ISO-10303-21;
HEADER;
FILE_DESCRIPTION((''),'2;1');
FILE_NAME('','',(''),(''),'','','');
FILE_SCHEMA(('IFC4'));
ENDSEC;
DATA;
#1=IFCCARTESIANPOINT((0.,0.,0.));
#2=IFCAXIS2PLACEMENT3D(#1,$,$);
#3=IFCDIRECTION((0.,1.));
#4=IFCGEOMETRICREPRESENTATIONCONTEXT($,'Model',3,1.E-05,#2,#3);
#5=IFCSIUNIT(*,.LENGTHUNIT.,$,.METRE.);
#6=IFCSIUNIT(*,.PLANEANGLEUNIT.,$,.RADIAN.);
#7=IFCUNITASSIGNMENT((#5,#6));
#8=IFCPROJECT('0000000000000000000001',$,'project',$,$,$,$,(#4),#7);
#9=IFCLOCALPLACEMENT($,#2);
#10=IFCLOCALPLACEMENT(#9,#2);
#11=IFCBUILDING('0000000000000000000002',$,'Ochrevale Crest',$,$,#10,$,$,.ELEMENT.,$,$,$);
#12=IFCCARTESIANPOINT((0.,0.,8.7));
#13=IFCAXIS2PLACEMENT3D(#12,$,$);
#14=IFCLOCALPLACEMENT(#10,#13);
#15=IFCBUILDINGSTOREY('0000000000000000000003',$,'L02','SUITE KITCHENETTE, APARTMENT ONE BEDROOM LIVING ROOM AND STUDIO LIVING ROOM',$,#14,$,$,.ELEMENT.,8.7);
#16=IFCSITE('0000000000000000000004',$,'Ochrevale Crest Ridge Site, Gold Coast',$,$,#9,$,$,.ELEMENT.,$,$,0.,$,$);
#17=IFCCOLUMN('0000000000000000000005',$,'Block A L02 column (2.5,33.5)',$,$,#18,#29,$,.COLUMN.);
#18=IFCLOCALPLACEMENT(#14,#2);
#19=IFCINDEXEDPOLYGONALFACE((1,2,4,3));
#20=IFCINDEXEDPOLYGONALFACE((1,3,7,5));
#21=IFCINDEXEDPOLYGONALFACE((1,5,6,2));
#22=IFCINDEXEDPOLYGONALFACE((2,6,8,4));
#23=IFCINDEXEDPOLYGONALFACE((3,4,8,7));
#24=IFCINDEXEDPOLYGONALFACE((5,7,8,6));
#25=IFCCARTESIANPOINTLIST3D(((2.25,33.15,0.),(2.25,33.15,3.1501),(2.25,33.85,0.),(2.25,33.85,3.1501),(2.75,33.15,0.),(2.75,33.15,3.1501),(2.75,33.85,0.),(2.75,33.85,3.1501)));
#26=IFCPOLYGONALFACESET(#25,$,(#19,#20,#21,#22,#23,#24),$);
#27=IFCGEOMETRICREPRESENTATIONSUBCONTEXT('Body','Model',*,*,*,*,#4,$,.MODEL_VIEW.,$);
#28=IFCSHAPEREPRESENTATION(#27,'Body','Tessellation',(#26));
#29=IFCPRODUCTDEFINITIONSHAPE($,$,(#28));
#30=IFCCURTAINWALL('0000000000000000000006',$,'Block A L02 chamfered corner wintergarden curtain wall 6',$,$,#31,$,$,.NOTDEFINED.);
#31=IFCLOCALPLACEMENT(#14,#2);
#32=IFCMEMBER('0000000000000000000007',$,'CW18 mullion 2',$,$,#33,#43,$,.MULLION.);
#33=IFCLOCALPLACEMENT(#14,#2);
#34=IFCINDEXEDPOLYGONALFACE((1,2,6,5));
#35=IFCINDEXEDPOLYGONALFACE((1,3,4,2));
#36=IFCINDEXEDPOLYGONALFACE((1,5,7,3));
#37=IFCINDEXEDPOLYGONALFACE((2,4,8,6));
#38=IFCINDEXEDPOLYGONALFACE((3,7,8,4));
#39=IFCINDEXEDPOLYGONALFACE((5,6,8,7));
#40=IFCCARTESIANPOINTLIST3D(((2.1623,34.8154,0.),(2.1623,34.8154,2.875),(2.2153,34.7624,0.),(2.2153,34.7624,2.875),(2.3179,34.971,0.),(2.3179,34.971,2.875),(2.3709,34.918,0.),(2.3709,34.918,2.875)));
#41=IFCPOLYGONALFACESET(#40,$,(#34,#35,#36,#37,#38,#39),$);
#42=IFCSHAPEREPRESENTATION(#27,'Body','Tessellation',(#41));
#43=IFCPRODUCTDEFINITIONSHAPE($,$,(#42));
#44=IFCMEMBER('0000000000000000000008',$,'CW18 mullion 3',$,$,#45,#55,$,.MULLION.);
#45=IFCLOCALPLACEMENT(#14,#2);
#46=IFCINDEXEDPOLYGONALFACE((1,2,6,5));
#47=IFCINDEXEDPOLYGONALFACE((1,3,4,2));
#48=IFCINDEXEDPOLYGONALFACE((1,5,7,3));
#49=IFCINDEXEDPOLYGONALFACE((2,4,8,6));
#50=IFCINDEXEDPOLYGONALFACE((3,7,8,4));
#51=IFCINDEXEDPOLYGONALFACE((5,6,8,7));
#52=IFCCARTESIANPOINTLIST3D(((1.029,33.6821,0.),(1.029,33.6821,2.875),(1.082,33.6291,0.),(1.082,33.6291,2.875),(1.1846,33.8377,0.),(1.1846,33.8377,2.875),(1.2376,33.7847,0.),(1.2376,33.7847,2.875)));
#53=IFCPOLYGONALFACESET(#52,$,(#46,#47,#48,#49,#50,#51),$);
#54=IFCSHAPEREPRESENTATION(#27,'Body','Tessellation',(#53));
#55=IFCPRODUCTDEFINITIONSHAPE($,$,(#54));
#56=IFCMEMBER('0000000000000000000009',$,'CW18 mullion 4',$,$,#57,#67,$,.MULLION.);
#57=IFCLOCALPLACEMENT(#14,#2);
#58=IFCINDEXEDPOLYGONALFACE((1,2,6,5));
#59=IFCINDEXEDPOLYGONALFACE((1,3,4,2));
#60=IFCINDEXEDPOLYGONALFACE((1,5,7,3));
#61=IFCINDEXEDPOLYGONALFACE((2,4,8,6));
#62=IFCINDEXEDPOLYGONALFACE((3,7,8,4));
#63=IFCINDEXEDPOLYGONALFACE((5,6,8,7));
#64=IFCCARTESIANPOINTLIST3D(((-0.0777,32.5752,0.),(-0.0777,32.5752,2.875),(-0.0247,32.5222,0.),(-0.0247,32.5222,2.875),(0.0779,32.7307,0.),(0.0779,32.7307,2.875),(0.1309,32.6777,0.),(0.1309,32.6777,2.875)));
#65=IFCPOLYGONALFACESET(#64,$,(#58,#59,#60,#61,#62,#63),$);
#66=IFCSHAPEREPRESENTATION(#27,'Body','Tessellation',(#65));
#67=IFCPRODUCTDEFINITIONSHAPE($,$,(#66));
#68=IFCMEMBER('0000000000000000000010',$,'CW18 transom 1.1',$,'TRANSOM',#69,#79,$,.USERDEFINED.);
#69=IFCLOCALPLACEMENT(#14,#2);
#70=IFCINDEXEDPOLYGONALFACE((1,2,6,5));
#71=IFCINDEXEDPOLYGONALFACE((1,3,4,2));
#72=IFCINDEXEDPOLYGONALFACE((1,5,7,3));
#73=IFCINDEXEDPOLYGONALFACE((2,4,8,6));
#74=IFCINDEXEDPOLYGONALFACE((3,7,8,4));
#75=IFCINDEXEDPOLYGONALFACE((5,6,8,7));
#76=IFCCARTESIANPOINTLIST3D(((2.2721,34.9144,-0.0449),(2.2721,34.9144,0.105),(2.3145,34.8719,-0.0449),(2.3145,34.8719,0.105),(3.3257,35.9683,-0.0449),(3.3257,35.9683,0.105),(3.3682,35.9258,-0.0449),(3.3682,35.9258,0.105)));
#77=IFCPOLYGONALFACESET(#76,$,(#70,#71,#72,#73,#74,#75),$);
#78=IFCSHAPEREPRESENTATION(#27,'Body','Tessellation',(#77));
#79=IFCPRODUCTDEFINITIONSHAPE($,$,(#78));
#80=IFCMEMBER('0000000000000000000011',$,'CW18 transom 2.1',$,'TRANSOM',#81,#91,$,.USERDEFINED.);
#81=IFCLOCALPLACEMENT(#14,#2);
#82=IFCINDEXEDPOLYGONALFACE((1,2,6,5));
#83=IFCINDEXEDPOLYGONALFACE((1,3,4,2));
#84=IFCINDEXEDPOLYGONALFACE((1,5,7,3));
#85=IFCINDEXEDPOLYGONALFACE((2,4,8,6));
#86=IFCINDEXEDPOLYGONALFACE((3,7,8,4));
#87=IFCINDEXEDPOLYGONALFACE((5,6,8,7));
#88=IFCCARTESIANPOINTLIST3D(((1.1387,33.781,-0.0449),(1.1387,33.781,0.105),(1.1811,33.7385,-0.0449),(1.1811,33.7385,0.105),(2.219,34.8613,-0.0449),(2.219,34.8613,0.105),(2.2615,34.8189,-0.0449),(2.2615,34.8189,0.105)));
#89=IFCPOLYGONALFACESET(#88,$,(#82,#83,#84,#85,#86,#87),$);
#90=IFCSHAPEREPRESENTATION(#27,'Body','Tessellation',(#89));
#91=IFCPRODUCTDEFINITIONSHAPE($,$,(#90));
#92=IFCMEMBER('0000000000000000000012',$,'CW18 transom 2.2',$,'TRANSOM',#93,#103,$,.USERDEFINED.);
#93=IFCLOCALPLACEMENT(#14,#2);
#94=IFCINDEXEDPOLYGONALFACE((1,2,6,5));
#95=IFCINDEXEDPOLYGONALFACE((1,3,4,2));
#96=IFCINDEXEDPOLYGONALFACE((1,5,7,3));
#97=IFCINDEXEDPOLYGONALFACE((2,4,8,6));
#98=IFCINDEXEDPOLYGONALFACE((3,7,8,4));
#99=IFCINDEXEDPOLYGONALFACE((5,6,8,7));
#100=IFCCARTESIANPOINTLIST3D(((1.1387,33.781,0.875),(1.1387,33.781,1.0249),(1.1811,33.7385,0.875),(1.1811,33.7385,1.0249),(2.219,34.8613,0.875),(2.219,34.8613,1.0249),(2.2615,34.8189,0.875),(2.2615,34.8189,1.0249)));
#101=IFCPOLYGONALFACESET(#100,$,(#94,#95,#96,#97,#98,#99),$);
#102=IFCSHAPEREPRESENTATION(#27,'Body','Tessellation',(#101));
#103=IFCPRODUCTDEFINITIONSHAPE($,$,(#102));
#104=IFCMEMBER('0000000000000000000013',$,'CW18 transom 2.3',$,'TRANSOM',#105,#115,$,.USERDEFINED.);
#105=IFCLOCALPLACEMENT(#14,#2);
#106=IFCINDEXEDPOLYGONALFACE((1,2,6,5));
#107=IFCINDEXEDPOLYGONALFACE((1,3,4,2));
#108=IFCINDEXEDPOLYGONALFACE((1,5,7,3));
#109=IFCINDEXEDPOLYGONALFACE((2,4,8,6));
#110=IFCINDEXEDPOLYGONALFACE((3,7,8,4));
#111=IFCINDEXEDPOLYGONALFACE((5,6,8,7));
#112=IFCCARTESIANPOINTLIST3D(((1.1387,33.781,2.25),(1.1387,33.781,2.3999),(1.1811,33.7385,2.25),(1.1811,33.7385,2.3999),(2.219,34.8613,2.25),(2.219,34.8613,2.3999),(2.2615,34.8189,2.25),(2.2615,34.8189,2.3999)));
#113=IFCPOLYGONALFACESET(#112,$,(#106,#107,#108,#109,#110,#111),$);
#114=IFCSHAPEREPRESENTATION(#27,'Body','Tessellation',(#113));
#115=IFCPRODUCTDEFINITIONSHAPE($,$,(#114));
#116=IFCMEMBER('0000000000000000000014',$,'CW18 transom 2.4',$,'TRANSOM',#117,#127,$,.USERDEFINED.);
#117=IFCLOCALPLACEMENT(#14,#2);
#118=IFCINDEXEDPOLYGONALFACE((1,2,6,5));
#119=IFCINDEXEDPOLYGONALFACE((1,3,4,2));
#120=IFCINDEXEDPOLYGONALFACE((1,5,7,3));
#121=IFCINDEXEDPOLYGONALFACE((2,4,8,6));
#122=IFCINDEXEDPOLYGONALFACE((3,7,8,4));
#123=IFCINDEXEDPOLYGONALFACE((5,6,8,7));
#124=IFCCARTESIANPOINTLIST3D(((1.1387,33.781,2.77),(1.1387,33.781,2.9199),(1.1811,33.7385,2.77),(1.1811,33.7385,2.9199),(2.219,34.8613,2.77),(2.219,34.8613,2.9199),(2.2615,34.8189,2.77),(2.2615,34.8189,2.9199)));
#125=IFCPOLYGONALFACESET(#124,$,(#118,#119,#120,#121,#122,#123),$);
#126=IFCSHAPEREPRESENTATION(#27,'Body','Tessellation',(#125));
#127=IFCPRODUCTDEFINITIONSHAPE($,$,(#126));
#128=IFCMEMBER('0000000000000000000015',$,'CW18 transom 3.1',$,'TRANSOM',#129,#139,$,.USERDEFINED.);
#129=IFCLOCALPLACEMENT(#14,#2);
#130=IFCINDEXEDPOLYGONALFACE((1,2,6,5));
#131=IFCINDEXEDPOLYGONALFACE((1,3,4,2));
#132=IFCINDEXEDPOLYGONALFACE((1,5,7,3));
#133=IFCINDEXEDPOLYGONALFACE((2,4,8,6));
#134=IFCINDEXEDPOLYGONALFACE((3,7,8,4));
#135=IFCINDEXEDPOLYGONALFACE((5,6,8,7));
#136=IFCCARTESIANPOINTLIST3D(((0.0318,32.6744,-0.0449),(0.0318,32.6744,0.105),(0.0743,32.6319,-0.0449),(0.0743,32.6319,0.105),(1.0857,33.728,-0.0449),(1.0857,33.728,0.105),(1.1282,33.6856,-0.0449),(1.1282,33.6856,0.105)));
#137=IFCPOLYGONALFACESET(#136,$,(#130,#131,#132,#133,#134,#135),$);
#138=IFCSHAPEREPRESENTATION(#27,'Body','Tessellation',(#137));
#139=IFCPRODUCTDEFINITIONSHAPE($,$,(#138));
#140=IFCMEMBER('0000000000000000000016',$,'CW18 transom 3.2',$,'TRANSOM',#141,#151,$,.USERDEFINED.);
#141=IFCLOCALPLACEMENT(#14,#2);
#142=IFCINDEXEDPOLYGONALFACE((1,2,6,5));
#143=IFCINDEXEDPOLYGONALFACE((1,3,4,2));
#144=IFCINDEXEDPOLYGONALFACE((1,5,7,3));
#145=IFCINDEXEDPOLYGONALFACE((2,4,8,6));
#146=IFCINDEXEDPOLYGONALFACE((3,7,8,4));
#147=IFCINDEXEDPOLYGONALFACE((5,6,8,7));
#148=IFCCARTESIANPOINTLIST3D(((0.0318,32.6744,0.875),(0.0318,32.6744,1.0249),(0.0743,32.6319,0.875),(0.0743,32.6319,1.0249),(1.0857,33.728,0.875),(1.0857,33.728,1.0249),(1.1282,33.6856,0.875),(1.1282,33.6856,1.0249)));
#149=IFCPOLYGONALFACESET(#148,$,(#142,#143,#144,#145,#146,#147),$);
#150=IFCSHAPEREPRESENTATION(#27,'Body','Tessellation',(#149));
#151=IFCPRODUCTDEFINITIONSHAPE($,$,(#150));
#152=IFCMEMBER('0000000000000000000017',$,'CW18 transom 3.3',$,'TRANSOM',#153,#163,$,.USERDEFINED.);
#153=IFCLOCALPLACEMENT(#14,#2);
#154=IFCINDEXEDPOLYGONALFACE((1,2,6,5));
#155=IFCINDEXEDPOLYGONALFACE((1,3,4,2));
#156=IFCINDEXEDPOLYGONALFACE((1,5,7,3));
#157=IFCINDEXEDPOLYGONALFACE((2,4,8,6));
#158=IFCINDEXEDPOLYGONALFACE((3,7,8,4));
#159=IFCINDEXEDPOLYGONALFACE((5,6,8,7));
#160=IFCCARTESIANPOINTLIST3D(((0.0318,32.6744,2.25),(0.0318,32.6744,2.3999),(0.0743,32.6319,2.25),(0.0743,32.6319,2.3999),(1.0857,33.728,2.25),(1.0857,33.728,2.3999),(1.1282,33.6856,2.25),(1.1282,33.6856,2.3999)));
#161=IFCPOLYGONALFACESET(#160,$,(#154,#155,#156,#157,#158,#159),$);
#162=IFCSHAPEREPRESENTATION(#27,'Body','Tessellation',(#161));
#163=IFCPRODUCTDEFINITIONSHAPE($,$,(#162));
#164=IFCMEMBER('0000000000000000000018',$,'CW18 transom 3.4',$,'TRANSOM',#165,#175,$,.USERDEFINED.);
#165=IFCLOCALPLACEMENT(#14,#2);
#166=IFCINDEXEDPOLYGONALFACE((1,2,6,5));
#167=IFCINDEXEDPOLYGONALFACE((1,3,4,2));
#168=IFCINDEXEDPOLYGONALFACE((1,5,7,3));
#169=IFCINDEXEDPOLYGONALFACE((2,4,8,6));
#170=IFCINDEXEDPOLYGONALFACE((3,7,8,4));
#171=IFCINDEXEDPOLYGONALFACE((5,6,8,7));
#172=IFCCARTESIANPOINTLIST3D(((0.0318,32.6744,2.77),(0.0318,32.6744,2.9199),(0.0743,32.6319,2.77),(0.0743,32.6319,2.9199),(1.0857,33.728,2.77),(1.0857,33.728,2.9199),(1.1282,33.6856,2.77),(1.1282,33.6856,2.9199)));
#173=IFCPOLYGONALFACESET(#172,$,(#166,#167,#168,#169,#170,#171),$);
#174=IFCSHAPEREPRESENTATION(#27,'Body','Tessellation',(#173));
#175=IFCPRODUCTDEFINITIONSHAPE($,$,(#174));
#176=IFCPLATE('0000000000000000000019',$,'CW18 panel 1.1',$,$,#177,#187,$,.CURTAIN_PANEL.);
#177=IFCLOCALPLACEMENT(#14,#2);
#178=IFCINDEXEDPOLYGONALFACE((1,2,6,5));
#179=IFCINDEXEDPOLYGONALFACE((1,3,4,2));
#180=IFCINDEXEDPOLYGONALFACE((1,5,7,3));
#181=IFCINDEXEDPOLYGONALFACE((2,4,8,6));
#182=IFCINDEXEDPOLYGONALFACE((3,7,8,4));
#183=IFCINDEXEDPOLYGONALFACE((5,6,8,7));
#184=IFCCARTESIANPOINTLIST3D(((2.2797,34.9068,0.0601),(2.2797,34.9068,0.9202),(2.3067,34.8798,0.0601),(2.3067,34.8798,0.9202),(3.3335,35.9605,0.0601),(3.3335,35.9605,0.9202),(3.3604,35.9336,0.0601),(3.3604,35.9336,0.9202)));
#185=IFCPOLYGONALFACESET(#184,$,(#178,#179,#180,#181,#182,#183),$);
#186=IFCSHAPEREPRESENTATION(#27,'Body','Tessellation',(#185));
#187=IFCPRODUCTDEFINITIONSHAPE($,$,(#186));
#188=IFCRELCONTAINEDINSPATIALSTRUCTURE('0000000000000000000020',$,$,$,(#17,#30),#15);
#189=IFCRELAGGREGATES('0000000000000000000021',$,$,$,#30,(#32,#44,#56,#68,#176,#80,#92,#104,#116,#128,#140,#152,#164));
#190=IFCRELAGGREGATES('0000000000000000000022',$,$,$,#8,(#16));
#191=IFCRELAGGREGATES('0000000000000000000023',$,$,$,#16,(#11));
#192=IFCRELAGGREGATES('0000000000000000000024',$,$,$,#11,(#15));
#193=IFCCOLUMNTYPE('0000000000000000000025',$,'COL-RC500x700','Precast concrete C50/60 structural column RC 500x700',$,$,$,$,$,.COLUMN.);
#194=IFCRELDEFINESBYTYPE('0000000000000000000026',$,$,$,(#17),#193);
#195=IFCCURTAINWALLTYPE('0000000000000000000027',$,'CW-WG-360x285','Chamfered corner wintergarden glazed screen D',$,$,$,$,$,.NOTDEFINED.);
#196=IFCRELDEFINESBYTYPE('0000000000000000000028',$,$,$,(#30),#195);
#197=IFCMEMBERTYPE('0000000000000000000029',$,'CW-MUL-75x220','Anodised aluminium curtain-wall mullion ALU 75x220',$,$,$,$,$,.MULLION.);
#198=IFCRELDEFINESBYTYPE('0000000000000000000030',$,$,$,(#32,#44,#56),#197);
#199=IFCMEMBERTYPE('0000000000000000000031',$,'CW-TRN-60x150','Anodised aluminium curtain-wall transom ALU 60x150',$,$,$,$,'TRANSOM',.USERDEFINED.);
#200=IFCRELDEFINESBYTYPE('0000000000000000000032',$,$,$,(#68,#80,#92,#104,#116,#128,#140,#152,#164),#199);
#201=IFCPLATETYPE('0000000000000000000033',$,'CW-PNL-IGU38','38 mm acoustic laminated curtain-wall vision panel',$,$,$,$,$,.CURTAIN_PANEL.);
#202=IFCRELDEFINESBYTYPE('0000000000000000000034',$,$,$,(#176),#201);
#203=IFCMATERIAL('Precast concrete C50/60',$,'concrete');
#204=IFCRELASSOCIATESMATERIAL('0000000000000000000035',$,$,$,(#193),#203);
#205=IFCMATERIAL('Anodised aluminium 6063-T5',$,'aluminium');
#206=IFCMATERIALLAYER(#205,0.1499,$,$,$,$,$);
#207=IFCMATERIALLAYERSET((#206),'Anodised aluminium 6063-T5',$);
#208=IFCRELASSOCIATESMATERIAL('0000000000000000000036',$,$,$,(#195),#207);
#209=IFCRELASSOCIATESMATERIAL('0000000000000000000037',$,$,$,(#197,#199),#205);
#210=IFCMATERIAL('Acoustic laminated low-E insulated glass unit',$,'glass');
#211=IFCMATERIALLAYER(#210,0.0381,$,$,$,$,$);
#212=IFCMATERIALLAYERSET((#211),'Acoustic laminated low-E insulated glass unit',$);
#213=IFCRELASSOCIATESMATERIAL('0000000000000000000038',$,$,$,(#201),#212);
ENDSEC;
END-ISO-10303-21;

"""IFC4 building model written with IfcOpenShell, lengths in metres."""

from ifc_helpers import new_model, si_unit, direction, frame, origin, origin_2d, place, context, subcontext, project, spatial, rectangle, extrude, material, layer, layer_set, material_profile, profile_set, type_object, element, aggregate, save


model = new_model("IFC4")

# Units and contexts
model_context = context("Model", 3, precision=1e-05, world=origin(), true_north=direction((0.0, 1.0)))
body_context = subcontext(model_context, "Body", "Model", "MODEL_VIEW")
ifc_project = project(units=[si_unit("LENGTHUNIT", "METRE"), si_unit("PLANEANGLEUNIT", "RADIAN")], contexts=[model_context])

# Site, building, storey
site_placement = place(None, origin())
site = spatial("IfcSite", under=ifc_project, at=site_placement, Name="Ochrevale Crest Ridge Site, Gold Coast", CompositionType="ELEMENT", RefElevation=0.0)
building_placement = place(site_placement, origin())
building = spatial("IfcBuilding", under=site, at=building_placement, Name="Ochrevale Crest", CompositionType="ELEMENT")
storey_placement = place(building_placement, frame((0.0, 0.0, 8.7)))
storey = spatial("IfcBuildingStorey", under=building, at=storey_placement, Name="L02", Description="SUITE KITCHENETTE, APARTMENT ONE BEDROOM LIVING ROOM AND STUDIO LIVING ROOM", CompositionType="ELEMENT", Elevation=8.7)

# Column
ifc_material_1 = material(Name="Precast concrete C50/60", Category="concrete")
ifc_material_profile_1 = material_profile(ifc_material_1, rectangle(XDim=0.5, YDim=0.7, at=origin_2d()), Name="RC 500x700")
ifc_profile_set_1 = profile_set([ifc_material_profile_1], Name="Precast concrete C50/60")
column_type = type_object("IfcColumnType", Name="COL-RC500x700", Description="Precast concrete C50/60 structural column RC 500x700", PredefinedType="COLUMN", material=ifc_profile_set_1)
column_placement = place(storey_placement, frame((2.5, 33.5, 0.0), z_axis=(0.0, 0.0, 1.0), x_axis=(1.0, 0.0, 0.0)))
element("IfcColumn", 1, at=column_placement, inside=storey, type_object=column_type, Name="Block A L02 column (2.5,33.5)", PredefinedType="COLUMN", context=body_context, shape_type="SweptSolid", body=[
    extrude(rectangle(XDim=0.5, YDim=0.7, at=origin_2d()), origin(), (0.0, 0.0, 1.0), 3.1501),
])

# Curtain wall, members, plate
ifc_material_2 = material(Name="Anodised aluminium 6063-T5", Category="aluminium")
ifc_layer_1 = layer(ifc_material_2, 0.1499)
ifc_layer_set_1 = layer_set([ifc_layer_1], Name="Anodised aluminium 6063-T5")
curtain_wall_type = type_object("IfcCurtainWallType", Name="CW-WG-360x285", Description="Chamfered corner wintergarden glazed screen D", PredefinedType="NOTDEFINED", material=ifc_layer_set_1)
curtain_wall_placement = place(storey_placement, origin())
curtain_wall = element("IfcCurtainWall", 2, at=curtain_wall_placement, inside=storey, type_object=curtain_wall_type, Name="Block A L02 chamfered corner wintergarden curtain wall 6", PredefinedType="NOTDEFINED")
ifc_material_profile_2 = material_profile(ifc_material_2, rectangle(XDim=0.075, YDim=0.22, at=origin_2d()), Name="ALU 75x220")
ifc_profile_set_2 = profile_set([ifc_material_profile_2], Name="Anodised aluminium 6063-T5")
member_type_1 = type_object("IfcMemberType", Name="CW-MUL-75x220", Description="Anodised aluminium curtain-wall mullion ALU 75x220", PredefinedType="MULLION", material=ifc_profile_set_2)
member_1_placement = place(storey_placement, frame((2.2666, 34.8667, 0.0), z_axis=(0.0, 0.0, 1.0), x_axis=(0.707107, -0.707107, 0.0)))
member_1 = element("IfcMember", 3, at=member_1_placement, type_object=member_type_1, Name="CW18 mullion 2", PredefinedType="MULLION", context=body_context, shape_type="SweptSolid", body=[
    extrude(rectangle(XDim=0.075, YDim=0.22, at=origin_2d()), origin(), (0.0, 0.0, 1.0), 2.875),
])
member_2_placement = place(storey_placement, frame((1.1333, 33.7334, 0.0), z_axis=(0.0, 0.0, 1.0), x_axis=(0.707107, -0.707107, 0.0)))
member_2 = element("IfcMember", 4, at=member_2_placement, type_object=member_type_1, Name="CW18 mullion 3", PredefinedType="MULLION", context=body_context, shape_type="SweptSolid", body=[
    extrude(rectangle(XDim=0.075, YDim=0.22, at=origin_2d()), origin(), (0.0, 0.0, 1.0), 2.875),
])
member_3_placement = place(storey_placement, frame((0.0266, 32.6265, 0.0), z_axis=(0.0, 0.0, 1.0), x_axis=(0.707107, -0.707107, 0.0)))
member_3 = element("IfcMember", 5, at=member_3_placement, type_object=member_type_1, Name="CW18 mullion 4", PredefinedType="MULLION", context=body_context, shape_type="SweptSolid", body=[
    extrude(rectangle(XDim=0.075, YDim=0.22, at=origin_2d()), origin(), (0.0, 0.0, 1.0), 2.875),
])
ifc_material_profile_3 = material_profile(ifc_material_2, rectangle(XDim=0.0601, YDim=0.1499, at=origin_2d()), Name="ALU 60x150")
ifc_profile_set_3 = profile_set([ifc_material_profile_3], Name="Anodised aluminium 6063-T5")
member_type_2 = type_object("IfcMemberType", Name="CW-TRN-60x150", Description="Anodised aluminium curtain-wall transom ALU 60x150", ElementType="TRANSOM", PredefinedType="USERDEFINED", material=ifc_profile_set_3)
member_4_placement = place(storey_placement, frame((3.3469, 35.947, 0.03), z_axis=(-0.707025, -0.707189, 0.0), x_axis=(0.707189, -0.707025, 0.0)))
member_4 = element("IfcMember", 6, at=member_4_placement, type_object=member_type_2, Name="CW18 transom 1.1", ObjectType="TRANSOM", PredefinedType="USERDEFINED", context=body_context, shape_type="SweptSolid", body=[
    extrude(rectangle(XDim=0.0601, YDim=0.1499, at=origin_2d()), origin(), (0.0, 0.0, 1.0), 1.4902),
])
member_5_placement = place(storey_placement, frame((2.2402, 34.8401, 0.03), z_axis=(-0.707107, -0.707107, 0.0), x_axis=(0.707107, -0.707107, 0.0)))
member_5 = element("IfcMember", 7, at=member_5_placement, type_object=member_type_2, Name="CW18 transom 2.1", ObjectType="TRANSOM", PredefinedType="USERDEFINED", context=body_context, shape_type="SweptSolid", body=[
    extrude(rectangle(XDim=0.0601, YDim=0.1499, at=origin_2d()), origin(), (0.0, 0.0, 1.0), 1.5278),
])
member_6_placement = place(storey_placement, frame((2.2402, 34.8401, 0.95), z_axis=(-0.707107, -0.707107, 0.0), x_axis=(0.707107, -0.707107, 0.0)))
member_6 = element("IfcMember", 8, at=member_6_placement, type_object=member_type_2, Name="CW18 transom 2.2", ObjectType="TRANSOM", PredefinedType="USERDEFINED", context=body_context, shape_type="SweptSolid", body=[
    extrude(rectangle(XDim=0.0601, YDim=0.1499, at=origin_2d()), origin(), (0.0, 0.0, 1.0), 1.5278),
])
member_7_placement = place(storey_placement, frame((2.2402, 34.8401, 2.325), z_axis=(-0.707107, -0.707107, 0.0), x_axis=(0.707107, -0.707107, 0.0)))
member_7 = element("IfcMember", 9, at=member_7_placement, type_object=member_type_2, Name="CW18 transom 2.3", ObjectType="TRANSOM", PredefinedType="USERDEFINED", context=body_context, shape_type="SweptSolid", body=[
    extrude(rectangle(XDim=0.0601, YDim=0.1499, at=origin_2d()), origin(), (0.0, 0.0, 1.0), 1.5278),
])
member_8_placement = place(storey_placement, frame((2.2402, 34.8401, 2.845), z_axis=(-0.707107, -0.707107, 0.0), x_axis=(0.707107, -0.707107, 0.0)))
member_8 = element("IfcMember", 10, at=member_8_placement, type_object=member_type_2, Name="CW18 transom 2.4", ObjectType="TRANSOM", PredefinedType="USERDEFINED", context=body_context, shape_type="SweptSolid", body=[
    extrude(rectangle(XDim=0.0601, YDim=0.1499, at=origin_2d()), origin(), (0.0, 0.0, 1.0), 1.5278),
])
member_9_placement = place(storey_placement, frame((1.1069, 33.7068, 0.03), z_axis=(-0.707189, -0.707025, 0.0), x_axis=(0.707025, -0.707189, 0.0)))
member_9 = element("IfcMember", 11, at=member_9_placement, type_object=member_type_2, Name="CW18 transom 3.1", ObjectType="TRANSOM", PredefinedType="USERDEFINED", context=body_context, shape_type="SweptSolid", body=[
    extrude(rectangle(XDim=0.0601, YDim=0.1499, at=origin_2d()), origin(), (0.0, 0.0, 1.0), 1.4902),
])
member_10_placement = place(storey_placement, frame((1.1069, 33.7068, 0.95), z_axis=(-0.707189, -0.707025, 0.0), x_axis=(0.707025, -0.707189, 0.0)))
member_10 = element("IfcMember", 12, at=member_10_placement, type_object=member_type_2, Name="CW18 transom 3.2", ObjectType="TRANSOM", PredefinedType="USERDEFINED", context=body_context, shape_type="SweptSolid", body=[
    extrude(rectangle(XDim=0.0601, YDim=0.1499, at=origin_2d()), origin(), (0.0, 0.0, 1.0), 1.4902),
])
member_11_placement = place(storey_placement, frame((1.1069, 33.7068, 2.325), z_axis=(-0.707189, -0.707025, 0.0), x_axis=(0.707025, -0.707189, 0.0)))
member_11 = element("IfcMember", 13, at=member_11_placement, type_object=member_type_2, Name="CW18 transom 3.3", ObjectType="TRANSOM", PredefinedType="USERDEFINED", context=body_context, shape_type="SweptSolid", body=[
    extrude(rectangle(XDim=0.0601, YDim=0.1499, at=origin_2d()), origin(), (0.0, 0.0, 1.0), 1.4902),
])
member_12_placement = place(storey_placement, frame((1.1069, 33.7068, 2.845), z_axis=(-0.707189, -0.707025, 0.0), x_axis=(0.707025, -0.707189, 0.0)))
member_12 = element("IfcMember", 14, at=member_12_placement, type_object=member_type_2, Name="CW18 transom 3.4", ObjectType="TRANSOM", PredefinedType="USERDEFINED", context=body_context, shape_type="SweptSolid", body=[
    extrude(rectangle(XDim=0.0601, YDim=0.1499, at=origin_2d()), origin(), (0.0, 0.0, 1.0), 1.4902),
])
ifc_material_3 = material(Name="Acoustic laminated low-E insulated glass unit", Category="glass")
ifc_layer_2 = layer(ifc_material_3, 0.0381)
ifc_layer_set_2 = layer_set([ifc_layer_2], Name="Acoustic laminated low-E insulated glass unit")
plate_type = type_object("IfcPlateType", Name="CW-PNL-IGU38", Description="38 mm acoustic laminated curtain-wall vision panel", PredefinedType="CURTAIN_PANEL", material=ifc_layer_set_2)
plate_1_placement = place(storey_placement, frame((2.8201, 35.4202, 0.0601), z_axis=(0.0, 0.0, 1.0), x_axis=(-0.707107, -0.707107, 0.0)))
plate_1 = element("IfcPlate", 15, at=plate_1_placement, type_object=plate_type, Name="CW18 panel 1.1", PredefinedType="CURTAIN_PANEL", context=body_context, shape_type="SweptSolid", body=[
    extrude(rectangle(XDim=1.4902, YDim=0.0381, at=origin_2d()), origin(), (0.0, 0.0, 1.0), 0.8601),
])
aggregate(curtain_wall, [member_1, member_2, member_3, member_4, plate_1, member_5, member_6, member_7, member_8, member_9, member_10, member_11, member_12])

save(model, "model.ifc")
